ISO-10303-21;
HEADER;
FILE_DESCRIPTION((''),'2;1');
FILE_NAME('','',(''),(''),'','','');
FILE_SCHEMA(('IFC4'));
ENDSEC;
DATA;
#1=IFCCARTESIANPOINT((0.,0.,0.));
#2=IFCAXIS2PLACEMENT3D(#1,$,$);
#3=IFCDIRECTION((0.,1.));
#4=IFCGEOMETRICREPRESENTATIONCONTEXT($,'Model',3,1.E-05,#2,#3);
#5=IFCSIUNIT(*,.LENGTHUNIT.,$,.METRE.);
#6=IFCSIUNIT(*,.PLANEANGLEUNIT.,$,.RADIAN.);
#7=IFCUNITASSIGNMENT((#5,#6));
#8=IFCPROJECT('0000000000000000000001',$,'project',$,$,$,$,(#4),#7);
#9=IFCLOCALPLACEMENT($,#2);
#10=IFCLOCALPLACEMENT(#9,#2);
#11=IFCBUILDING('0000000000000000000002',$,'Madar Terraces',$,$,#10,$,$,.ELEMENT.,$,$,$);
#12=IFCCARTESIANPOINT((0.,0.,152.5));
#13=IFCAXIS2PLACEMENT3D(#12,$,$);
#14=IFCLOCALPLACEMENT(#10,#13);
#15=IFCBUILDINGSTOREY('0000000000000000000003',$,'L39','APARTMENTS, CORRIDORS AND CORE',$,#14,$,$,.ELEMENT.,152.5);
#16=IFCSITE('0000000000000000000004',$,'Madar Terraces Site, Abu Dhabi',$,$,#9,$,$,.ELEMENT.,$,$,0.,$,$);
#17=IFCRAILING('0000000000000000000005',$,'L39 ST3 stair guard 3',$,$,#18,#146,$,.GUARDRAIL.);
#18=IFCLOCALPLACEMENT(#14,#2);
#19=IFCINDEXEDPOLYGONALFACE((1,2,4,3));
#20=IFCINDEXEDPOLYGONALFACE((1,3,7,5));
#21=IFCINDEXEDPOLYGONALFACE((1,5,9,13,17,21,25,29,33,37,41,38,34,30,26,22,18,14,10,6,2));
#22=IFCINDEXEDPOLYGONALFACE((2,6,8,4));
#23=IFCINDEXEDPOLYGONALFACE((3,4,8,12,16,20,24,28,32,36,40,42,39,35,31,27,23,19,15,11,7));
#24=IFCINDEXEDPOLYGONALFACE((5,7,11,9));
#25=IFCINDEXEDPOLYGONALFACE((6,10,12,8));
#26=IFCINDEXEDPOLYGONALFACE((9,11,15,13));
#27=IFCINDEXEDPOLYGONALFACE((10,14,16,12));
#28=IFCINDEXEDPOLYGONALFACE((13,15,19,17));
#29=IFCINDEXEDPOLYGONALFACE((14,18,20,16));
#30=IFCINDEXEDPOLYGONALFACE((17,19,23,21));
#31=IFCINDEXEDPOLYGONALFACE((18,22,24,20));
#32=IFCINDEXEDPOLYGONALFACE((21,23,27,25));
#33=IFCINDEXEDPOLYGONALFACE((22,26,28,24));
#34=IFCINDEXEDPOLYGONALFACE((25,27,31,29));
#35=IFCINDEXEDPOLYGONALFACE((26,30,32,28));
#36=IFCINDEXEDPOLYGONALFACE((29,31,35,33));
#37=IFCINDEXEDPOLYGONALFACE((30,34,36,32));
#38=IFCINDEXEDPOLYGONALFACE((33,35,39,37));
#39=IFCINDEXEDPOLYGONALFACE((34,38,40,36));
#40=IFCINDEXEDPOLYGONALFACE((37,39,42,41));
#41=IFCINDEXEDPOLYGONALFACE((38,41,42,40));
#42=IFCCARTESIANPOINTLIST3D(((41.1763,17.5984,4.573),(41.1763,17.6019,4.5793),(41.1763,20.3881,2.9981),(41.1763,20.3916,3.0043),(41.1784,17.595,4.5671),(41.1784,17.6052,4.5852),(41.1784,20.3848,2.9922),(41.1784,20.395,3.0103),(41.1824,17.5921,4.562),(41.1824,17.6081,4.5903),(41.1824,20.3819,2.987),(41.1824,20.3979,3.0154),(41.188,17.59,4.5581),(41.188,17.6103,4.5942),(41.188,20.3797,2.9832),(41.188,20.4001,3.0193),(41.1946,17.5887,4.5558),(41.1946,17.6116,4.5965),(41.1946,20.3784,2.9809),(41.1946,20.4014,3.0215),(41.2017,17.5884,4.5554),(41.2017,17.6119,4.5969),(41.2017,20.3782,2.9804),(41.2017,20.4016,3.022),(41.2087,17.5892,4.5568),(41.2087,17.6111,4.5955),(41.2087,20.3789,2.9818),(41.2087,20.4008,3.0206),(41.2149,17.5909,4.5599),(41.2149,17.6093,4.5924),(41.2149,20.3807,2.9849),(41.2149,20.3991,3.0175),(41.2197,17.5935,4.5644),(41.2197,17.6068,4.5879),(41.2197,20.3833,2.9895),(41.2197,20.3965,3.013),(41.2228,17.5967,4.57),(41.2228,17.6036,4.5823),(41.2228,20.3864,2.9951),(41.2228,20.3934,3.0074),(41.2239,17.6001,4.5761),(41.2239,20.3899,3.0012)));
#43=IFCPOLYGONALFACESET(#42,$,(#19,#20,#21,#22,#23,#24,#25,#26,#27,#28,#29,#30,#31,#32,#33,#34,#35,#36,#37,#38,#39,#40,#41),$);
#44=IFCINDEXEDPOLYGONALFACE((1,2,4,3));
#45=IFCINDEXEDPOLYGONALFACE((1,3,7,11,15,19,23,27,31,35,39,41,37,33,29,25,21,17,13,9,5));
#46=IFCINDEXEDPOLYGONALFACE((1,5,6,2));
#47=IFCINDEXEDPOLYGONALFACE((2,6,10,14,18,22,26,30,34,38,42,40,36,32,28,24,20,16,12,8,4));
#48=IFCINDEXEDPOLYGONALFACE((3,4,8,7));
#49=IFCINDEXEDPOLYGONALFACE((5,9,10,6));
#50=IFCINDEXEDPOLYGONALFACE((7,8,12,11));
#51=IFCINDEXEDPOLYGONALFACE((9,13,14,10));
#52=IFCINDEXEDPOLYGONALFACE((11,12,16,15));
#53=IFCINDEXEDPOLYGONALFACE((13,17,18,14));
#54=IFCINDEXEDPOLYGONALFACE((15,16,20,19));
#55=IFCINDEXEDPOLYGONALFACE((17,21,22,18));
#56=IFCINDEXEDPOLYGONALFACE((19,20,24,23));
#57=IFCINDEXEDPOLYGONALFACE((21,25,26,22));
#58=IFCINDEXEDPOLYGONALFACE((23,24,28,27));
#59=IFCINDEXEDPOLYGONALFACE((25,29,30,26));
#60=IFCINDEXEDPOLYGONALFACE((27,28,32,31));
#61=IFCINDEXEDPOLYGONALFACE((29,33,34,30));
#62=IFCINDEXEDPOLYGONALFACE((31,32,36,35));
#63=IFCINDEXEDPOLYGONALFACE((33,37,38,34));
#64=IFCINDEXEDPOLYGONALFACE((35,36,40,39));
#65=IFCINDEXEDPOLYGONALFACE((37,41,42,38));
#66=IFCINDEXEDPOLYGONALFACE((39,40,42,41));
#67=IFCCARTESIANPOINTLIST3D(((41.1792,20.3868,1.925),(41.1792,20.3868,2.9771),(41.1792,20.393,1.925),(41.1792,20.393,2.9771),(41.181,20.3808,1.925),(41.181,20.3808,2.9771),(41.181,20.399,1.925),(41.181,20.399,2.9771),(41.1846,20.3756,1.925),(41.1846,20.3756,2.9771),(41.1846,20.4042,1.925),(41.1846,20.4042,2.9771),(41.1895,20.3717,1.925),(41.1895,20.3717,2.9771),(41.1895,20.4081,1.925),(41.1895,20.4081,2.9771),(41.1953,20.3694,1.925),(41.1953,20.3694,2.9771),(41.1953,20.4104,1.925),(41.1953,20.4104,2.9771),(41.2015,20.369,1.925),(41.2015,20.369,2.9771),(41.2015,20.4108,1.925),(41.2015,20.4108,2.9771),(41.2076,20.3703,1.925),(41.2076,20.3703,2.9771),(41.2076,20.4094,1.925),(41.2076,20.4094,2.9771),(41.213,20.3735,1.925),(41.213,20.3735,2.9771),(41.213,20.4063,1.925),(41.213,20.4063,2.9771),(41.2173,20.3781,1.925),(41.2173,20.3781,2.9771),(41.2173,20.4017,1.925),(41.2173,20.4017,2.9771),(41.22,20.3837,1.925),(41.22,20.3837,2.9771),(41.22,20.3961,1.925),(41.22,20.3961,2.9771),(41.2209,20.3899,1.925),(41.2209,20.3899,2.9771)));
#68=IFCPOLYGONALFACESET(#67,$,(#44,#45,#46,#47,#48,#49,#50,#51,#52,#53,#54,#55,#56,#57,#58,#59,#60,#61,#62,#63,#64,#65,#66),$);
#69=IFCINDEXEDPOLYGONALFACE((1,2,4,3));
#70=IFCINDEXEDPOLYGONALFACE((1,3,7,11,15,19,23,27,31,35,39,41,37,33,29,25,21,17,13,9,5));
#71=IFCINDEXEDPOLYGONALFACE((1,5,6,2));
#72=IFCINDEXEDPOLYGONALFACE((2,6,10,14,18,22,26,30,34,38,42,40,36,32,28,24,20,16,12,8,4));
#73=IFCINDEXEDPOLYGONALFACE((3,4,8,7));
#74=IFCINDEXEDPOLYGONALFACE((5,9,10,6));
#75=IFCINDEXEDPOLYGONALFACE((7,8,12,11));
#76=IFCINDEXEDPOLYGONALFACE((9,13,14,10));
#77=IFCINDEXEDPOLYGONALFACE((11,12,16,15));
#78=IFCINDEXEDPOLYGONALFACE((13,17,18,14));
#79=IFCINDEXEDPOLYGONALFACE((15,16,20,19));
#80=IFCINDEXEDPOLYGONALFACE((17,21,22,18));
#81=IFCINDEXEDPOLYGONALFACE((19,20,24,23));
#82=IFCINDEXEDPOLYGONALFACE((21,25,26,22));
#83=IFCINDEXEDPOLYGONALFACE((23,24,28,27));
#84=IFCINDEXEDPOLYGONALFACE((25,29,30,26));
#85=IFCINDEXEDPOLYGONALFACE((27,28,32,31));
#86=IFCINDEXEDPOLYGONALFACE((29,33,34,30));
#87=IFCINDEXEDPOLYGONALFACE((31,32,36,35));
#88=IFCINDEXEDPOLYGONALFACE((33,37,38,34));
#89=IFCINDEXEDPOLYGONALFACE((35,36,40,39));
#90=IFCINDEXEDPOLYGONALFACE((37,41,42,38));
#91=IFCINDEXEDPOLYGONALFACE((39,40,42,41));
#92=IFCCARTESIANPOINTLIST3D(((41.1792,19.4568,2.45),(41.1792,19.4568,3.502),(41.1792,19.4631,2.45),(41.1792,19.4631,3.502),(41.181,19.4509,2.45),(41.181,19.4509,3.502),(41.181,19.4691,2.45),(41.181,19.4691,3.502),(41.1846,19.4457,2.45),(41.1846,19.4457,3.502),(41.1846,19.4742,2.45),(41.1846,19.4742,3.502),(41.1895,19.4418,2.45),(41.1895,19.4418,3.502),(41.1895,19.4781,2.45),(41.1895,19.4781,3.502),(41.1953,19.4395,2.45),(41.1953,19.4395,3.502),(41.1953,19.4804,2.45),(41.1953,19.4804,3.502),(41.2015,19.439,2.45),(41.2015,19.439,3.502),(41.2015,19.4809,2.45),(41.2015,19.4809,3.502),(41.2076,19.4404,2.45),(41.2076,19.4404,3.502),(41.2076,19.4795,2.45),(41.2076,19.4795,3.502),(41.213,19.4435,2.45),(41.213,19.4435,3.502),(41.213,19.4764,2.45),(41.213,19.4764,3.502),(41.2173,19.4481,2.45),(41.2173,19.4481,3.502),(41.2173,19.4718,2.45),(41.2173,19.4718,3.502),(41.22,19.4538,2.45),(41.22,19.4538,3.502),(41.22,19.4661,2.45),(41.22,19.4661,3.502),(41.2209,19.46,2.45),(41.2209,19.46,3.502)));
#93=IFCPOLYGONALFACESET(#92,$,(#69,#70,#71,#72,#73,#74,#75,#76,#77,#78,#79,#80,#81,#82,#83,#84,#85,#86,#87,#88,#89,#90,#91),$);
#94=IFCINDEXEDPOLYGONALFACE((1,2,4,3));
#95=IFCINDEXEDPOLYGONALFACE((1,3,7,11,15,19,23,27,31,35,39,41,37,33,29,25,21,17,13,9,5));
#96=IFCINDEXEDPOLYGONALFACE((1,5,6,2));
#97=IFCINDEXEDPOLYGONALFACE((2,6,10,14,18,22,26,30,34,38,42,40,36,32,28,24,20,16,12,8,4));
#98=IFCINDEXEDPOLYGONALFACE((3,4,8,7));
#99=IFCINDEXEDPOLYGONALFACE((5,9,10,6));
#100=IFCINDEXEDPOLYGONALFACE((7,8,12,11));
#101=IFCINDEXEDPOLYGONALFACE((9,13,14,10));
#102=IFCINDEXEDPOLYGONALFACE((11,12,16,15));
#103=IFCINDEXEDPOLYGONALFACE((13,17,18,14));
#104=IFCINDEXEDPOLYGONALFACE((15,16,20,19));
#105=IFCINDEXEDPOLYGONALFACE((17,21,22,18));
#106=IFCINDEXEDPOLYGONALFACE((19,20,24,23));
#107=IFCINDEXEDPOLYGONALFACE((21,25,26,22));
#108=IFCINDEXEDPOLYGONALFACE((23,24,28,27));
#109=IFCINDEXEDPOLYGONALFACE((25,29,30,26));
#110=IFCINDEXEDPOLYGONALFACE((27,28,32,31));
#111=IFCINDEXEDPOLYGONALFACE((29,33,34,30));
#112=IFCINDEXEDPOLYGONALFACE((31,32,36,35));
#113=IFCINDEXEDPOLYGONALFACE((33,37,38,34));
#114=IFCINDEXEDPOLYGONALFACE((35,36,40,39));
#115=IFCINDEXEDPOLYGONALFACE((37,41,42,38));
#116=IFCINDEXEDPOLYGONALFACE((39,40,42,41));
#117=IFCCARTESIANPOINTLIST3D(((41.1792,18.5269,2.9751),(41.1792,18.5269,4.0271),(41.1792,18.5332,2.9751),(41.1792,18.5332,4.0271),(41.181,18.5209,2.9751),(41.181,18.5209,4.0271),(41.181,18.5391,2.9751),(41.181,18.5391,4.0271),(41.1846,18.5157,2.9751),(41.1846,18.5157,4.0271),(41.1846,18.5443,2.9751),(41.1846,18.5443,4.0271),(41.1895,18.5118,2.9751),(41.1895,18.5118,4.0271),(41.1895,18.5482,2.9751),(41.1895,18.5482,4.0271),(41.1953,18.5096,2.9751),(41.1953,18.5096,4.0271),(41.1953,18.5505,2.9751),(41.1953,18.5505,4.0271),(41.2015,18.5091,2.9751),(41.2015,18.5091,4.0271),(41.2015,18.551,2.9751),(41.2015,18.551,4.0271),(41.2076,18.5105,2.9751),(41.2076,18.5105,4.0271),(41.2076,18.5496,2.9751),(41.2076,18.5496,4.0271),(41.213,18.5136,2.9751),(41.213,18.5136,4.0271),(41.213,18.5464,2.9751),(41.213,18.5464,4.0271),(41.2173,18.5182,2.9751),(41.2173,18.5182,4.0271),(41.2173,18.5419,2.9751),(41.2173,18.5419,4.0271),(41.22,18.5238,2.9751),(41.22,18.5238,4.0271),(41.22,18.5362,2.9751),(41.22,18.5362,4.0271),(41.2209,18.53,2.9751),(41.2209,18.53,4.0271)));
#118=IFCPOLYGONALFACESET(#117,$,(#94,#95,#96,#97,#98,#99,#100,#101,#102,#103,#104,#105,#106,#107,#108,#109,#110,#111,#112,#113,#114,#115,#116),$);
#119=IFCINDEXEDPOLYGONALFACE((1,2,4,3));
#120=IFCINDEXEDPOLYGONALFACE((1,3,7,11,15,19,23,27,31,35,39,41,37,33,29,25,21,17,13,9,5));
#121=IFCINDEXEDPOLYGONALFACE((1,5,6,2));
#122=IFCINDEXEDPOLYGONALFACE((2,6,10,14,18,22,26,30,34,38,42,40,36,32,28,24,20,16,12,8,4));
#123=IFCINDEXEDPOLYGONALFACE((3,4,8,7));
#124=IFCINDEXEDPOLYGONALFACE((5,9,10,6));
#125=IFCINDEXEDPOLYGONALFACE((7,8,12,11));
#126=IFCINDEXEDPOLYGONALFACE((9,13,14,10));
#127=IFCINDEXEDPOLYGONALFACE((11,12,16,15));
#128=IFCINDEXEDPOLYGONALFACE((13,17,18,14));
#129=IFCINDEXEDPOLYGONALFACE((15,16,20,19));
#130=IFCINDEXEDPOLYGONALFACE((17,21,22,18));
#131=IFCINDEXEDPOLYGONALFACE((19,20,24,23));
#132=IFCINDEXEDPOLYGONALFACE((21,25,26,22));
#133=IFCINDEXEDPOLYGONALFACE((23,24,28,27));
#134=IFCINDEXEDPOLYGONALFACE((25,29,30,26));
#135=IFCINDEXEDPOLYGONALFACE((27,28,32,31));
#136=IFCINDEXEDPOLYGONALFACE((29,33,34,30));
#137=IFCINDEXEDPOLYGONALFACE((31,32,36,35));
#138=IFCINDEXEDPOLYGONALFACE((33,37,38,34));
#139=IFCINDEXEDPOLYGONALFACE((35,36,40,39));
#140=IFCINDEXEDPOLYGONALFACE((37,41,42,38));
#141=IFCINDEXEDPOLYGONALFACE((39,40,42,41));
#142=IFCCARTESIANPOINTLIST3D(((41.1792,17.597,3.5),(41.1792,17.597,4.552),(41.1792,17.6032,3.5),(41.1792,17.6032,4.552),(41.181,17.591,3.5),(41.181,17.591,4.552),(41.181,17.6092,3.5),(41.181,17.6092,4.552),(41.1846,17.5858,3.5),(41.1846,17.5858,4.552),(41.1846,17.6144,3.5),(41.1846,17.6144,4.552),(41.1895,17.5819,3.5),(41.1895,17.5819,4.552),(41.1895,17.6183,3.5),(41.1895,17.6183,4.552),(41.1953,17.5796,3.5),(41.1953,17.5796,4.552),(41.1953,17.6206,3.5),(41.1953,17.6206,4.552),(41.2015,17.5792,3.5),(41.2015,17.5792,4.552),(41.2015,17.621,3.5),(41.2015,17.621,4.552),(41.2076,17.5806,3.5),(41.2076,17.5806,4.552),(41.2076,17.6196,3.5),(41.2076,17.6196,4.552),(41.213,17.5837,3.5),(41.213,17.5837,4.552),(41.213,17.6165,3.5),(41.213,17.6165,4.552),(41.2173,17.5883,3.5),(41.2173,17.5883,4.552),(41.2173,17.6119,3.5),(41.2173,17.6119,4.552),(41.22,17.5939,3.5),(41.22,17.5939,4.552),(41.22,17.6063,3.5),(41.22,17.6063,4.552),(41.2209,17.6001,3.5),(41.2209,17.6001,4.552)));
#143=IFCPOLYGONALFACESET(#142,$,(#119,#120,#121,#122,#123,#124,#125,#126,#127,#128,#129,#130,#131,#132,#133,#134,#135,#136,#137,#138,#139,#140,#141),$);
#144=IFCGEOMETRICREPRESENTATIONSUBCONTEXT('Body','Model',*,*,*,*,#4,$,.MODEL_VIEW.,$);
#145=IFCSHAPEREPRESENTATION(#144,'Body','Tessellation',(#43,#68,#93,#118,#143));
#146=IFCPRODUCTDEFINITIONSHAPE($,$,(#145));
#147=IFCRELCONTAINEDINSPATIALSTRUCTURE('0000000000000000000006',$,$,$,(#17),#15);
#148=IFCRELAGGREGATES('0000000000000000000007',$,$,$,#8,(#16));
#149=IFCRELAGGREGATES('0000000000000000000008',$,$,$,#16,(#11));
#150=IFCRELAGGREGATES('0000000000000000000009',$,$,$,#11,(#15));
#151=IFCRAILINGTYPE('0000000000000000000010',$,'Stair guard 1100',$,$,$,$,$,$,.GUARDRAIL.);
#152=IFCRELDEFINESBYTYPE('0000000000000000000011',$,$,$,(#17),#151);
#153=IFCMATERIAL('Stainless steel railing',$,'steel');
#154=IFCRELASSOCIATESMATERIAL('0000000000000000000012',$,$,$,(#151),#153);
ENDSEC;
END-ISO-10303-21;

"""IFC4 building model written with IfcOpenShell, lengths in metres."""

from ifc_helpers import new_model, si_unit, direction, frame, origin, origin_2d, place, context, subcontext, project, spatial, circle, extrude, material, type_object, element, save


model = new_model("IFC4")

# Units and contexts
model_context = context("Model", 3, precision=1e-05, world=origin(), true_north=direction((0.0, 1.0)))
body_context = subcontext(model_context, "Body", "Model", "MODEL_VIEW")
ifc_project = project(units=[si_unit("LENGTHUNIT", "METRE"), si_unit("PLANEANGLEUNIT", "RADIAN")], contexts=[model_context])

# Site, building, storey
site_placement = place(None, origin())
site = spatial("IfcSite", under=ifc_project, at=site_placement, Name="Madar Terraces Site, Abu Dhabi", CompositionType="ELEMENT", RefElevation=0.0)
building_placement = place(site_placement, origin())
building = spatial("IfcBuilding", under=site, at=building_placement, Name="Madar Terraces", CompositionType="ELEMENT")
storey_placement = place(building_placement, frame((0.0, 0.0, 152.5)))
storey = spatial("IfcBuildingStorey", under=building, at=storey_placement, Name="L39", Description="APARTMENTS, CORRIDORS AND CORE", CompositionType="ELEMENT", Elevation=152.5)

# Railing
ifc_material_1 = material(Name="Stainless steel railing", Category="steel")
railing_type_1 = type_object("IfcRailingType", Name="Stair guard 1100", PredefinedType="GUARDRAIL", material=ifc_material_1)
railing_1_placement = place(storey_placement, frame((41.2, 20.3899, 1.925)))
element("IfcRailing", 1, at=railing_1_placement, inside=storey, type_object=railing_type_1, Name="L39 ST3 stair guard 3", PredefinedType="GUARDRAIL", context=body_context, shape_type="SweptSolid", body=[
    extrude(circle(Radius=0.0239, at=origin_2d()), frame((0.0, 0.0, 1.0762), z_axis=(0.0, -0.870815, 0.49161), x_axis=(1.0, 0.0, 0.0)), (0.0, 0.0, 1.0), 3.2036),
    extrude(circle(Radius=0.021, at=origin_2d()), origin(), (0.0, 0.0, 1.0), 1.052),
    extrude(circle(Radius=0.021, at=origin_2d()), frame((0.0, -0.9299, 0.5249)), (0.0, 0.0, 1.0), 1.052),
    extrude(circle(Radius=0.021, at=origin_2d()), frame((0.0, -1.8599, 1.05)), (0.0, 0.0, 1.0), 1.052),
    extrude(circle(Radius=0.021, at=origin_2d()), frame((0.0, -2.7898, 1.575)), (0.0, 0.0, 1.0), 1.052),
])

save(model, "model.ifc")
